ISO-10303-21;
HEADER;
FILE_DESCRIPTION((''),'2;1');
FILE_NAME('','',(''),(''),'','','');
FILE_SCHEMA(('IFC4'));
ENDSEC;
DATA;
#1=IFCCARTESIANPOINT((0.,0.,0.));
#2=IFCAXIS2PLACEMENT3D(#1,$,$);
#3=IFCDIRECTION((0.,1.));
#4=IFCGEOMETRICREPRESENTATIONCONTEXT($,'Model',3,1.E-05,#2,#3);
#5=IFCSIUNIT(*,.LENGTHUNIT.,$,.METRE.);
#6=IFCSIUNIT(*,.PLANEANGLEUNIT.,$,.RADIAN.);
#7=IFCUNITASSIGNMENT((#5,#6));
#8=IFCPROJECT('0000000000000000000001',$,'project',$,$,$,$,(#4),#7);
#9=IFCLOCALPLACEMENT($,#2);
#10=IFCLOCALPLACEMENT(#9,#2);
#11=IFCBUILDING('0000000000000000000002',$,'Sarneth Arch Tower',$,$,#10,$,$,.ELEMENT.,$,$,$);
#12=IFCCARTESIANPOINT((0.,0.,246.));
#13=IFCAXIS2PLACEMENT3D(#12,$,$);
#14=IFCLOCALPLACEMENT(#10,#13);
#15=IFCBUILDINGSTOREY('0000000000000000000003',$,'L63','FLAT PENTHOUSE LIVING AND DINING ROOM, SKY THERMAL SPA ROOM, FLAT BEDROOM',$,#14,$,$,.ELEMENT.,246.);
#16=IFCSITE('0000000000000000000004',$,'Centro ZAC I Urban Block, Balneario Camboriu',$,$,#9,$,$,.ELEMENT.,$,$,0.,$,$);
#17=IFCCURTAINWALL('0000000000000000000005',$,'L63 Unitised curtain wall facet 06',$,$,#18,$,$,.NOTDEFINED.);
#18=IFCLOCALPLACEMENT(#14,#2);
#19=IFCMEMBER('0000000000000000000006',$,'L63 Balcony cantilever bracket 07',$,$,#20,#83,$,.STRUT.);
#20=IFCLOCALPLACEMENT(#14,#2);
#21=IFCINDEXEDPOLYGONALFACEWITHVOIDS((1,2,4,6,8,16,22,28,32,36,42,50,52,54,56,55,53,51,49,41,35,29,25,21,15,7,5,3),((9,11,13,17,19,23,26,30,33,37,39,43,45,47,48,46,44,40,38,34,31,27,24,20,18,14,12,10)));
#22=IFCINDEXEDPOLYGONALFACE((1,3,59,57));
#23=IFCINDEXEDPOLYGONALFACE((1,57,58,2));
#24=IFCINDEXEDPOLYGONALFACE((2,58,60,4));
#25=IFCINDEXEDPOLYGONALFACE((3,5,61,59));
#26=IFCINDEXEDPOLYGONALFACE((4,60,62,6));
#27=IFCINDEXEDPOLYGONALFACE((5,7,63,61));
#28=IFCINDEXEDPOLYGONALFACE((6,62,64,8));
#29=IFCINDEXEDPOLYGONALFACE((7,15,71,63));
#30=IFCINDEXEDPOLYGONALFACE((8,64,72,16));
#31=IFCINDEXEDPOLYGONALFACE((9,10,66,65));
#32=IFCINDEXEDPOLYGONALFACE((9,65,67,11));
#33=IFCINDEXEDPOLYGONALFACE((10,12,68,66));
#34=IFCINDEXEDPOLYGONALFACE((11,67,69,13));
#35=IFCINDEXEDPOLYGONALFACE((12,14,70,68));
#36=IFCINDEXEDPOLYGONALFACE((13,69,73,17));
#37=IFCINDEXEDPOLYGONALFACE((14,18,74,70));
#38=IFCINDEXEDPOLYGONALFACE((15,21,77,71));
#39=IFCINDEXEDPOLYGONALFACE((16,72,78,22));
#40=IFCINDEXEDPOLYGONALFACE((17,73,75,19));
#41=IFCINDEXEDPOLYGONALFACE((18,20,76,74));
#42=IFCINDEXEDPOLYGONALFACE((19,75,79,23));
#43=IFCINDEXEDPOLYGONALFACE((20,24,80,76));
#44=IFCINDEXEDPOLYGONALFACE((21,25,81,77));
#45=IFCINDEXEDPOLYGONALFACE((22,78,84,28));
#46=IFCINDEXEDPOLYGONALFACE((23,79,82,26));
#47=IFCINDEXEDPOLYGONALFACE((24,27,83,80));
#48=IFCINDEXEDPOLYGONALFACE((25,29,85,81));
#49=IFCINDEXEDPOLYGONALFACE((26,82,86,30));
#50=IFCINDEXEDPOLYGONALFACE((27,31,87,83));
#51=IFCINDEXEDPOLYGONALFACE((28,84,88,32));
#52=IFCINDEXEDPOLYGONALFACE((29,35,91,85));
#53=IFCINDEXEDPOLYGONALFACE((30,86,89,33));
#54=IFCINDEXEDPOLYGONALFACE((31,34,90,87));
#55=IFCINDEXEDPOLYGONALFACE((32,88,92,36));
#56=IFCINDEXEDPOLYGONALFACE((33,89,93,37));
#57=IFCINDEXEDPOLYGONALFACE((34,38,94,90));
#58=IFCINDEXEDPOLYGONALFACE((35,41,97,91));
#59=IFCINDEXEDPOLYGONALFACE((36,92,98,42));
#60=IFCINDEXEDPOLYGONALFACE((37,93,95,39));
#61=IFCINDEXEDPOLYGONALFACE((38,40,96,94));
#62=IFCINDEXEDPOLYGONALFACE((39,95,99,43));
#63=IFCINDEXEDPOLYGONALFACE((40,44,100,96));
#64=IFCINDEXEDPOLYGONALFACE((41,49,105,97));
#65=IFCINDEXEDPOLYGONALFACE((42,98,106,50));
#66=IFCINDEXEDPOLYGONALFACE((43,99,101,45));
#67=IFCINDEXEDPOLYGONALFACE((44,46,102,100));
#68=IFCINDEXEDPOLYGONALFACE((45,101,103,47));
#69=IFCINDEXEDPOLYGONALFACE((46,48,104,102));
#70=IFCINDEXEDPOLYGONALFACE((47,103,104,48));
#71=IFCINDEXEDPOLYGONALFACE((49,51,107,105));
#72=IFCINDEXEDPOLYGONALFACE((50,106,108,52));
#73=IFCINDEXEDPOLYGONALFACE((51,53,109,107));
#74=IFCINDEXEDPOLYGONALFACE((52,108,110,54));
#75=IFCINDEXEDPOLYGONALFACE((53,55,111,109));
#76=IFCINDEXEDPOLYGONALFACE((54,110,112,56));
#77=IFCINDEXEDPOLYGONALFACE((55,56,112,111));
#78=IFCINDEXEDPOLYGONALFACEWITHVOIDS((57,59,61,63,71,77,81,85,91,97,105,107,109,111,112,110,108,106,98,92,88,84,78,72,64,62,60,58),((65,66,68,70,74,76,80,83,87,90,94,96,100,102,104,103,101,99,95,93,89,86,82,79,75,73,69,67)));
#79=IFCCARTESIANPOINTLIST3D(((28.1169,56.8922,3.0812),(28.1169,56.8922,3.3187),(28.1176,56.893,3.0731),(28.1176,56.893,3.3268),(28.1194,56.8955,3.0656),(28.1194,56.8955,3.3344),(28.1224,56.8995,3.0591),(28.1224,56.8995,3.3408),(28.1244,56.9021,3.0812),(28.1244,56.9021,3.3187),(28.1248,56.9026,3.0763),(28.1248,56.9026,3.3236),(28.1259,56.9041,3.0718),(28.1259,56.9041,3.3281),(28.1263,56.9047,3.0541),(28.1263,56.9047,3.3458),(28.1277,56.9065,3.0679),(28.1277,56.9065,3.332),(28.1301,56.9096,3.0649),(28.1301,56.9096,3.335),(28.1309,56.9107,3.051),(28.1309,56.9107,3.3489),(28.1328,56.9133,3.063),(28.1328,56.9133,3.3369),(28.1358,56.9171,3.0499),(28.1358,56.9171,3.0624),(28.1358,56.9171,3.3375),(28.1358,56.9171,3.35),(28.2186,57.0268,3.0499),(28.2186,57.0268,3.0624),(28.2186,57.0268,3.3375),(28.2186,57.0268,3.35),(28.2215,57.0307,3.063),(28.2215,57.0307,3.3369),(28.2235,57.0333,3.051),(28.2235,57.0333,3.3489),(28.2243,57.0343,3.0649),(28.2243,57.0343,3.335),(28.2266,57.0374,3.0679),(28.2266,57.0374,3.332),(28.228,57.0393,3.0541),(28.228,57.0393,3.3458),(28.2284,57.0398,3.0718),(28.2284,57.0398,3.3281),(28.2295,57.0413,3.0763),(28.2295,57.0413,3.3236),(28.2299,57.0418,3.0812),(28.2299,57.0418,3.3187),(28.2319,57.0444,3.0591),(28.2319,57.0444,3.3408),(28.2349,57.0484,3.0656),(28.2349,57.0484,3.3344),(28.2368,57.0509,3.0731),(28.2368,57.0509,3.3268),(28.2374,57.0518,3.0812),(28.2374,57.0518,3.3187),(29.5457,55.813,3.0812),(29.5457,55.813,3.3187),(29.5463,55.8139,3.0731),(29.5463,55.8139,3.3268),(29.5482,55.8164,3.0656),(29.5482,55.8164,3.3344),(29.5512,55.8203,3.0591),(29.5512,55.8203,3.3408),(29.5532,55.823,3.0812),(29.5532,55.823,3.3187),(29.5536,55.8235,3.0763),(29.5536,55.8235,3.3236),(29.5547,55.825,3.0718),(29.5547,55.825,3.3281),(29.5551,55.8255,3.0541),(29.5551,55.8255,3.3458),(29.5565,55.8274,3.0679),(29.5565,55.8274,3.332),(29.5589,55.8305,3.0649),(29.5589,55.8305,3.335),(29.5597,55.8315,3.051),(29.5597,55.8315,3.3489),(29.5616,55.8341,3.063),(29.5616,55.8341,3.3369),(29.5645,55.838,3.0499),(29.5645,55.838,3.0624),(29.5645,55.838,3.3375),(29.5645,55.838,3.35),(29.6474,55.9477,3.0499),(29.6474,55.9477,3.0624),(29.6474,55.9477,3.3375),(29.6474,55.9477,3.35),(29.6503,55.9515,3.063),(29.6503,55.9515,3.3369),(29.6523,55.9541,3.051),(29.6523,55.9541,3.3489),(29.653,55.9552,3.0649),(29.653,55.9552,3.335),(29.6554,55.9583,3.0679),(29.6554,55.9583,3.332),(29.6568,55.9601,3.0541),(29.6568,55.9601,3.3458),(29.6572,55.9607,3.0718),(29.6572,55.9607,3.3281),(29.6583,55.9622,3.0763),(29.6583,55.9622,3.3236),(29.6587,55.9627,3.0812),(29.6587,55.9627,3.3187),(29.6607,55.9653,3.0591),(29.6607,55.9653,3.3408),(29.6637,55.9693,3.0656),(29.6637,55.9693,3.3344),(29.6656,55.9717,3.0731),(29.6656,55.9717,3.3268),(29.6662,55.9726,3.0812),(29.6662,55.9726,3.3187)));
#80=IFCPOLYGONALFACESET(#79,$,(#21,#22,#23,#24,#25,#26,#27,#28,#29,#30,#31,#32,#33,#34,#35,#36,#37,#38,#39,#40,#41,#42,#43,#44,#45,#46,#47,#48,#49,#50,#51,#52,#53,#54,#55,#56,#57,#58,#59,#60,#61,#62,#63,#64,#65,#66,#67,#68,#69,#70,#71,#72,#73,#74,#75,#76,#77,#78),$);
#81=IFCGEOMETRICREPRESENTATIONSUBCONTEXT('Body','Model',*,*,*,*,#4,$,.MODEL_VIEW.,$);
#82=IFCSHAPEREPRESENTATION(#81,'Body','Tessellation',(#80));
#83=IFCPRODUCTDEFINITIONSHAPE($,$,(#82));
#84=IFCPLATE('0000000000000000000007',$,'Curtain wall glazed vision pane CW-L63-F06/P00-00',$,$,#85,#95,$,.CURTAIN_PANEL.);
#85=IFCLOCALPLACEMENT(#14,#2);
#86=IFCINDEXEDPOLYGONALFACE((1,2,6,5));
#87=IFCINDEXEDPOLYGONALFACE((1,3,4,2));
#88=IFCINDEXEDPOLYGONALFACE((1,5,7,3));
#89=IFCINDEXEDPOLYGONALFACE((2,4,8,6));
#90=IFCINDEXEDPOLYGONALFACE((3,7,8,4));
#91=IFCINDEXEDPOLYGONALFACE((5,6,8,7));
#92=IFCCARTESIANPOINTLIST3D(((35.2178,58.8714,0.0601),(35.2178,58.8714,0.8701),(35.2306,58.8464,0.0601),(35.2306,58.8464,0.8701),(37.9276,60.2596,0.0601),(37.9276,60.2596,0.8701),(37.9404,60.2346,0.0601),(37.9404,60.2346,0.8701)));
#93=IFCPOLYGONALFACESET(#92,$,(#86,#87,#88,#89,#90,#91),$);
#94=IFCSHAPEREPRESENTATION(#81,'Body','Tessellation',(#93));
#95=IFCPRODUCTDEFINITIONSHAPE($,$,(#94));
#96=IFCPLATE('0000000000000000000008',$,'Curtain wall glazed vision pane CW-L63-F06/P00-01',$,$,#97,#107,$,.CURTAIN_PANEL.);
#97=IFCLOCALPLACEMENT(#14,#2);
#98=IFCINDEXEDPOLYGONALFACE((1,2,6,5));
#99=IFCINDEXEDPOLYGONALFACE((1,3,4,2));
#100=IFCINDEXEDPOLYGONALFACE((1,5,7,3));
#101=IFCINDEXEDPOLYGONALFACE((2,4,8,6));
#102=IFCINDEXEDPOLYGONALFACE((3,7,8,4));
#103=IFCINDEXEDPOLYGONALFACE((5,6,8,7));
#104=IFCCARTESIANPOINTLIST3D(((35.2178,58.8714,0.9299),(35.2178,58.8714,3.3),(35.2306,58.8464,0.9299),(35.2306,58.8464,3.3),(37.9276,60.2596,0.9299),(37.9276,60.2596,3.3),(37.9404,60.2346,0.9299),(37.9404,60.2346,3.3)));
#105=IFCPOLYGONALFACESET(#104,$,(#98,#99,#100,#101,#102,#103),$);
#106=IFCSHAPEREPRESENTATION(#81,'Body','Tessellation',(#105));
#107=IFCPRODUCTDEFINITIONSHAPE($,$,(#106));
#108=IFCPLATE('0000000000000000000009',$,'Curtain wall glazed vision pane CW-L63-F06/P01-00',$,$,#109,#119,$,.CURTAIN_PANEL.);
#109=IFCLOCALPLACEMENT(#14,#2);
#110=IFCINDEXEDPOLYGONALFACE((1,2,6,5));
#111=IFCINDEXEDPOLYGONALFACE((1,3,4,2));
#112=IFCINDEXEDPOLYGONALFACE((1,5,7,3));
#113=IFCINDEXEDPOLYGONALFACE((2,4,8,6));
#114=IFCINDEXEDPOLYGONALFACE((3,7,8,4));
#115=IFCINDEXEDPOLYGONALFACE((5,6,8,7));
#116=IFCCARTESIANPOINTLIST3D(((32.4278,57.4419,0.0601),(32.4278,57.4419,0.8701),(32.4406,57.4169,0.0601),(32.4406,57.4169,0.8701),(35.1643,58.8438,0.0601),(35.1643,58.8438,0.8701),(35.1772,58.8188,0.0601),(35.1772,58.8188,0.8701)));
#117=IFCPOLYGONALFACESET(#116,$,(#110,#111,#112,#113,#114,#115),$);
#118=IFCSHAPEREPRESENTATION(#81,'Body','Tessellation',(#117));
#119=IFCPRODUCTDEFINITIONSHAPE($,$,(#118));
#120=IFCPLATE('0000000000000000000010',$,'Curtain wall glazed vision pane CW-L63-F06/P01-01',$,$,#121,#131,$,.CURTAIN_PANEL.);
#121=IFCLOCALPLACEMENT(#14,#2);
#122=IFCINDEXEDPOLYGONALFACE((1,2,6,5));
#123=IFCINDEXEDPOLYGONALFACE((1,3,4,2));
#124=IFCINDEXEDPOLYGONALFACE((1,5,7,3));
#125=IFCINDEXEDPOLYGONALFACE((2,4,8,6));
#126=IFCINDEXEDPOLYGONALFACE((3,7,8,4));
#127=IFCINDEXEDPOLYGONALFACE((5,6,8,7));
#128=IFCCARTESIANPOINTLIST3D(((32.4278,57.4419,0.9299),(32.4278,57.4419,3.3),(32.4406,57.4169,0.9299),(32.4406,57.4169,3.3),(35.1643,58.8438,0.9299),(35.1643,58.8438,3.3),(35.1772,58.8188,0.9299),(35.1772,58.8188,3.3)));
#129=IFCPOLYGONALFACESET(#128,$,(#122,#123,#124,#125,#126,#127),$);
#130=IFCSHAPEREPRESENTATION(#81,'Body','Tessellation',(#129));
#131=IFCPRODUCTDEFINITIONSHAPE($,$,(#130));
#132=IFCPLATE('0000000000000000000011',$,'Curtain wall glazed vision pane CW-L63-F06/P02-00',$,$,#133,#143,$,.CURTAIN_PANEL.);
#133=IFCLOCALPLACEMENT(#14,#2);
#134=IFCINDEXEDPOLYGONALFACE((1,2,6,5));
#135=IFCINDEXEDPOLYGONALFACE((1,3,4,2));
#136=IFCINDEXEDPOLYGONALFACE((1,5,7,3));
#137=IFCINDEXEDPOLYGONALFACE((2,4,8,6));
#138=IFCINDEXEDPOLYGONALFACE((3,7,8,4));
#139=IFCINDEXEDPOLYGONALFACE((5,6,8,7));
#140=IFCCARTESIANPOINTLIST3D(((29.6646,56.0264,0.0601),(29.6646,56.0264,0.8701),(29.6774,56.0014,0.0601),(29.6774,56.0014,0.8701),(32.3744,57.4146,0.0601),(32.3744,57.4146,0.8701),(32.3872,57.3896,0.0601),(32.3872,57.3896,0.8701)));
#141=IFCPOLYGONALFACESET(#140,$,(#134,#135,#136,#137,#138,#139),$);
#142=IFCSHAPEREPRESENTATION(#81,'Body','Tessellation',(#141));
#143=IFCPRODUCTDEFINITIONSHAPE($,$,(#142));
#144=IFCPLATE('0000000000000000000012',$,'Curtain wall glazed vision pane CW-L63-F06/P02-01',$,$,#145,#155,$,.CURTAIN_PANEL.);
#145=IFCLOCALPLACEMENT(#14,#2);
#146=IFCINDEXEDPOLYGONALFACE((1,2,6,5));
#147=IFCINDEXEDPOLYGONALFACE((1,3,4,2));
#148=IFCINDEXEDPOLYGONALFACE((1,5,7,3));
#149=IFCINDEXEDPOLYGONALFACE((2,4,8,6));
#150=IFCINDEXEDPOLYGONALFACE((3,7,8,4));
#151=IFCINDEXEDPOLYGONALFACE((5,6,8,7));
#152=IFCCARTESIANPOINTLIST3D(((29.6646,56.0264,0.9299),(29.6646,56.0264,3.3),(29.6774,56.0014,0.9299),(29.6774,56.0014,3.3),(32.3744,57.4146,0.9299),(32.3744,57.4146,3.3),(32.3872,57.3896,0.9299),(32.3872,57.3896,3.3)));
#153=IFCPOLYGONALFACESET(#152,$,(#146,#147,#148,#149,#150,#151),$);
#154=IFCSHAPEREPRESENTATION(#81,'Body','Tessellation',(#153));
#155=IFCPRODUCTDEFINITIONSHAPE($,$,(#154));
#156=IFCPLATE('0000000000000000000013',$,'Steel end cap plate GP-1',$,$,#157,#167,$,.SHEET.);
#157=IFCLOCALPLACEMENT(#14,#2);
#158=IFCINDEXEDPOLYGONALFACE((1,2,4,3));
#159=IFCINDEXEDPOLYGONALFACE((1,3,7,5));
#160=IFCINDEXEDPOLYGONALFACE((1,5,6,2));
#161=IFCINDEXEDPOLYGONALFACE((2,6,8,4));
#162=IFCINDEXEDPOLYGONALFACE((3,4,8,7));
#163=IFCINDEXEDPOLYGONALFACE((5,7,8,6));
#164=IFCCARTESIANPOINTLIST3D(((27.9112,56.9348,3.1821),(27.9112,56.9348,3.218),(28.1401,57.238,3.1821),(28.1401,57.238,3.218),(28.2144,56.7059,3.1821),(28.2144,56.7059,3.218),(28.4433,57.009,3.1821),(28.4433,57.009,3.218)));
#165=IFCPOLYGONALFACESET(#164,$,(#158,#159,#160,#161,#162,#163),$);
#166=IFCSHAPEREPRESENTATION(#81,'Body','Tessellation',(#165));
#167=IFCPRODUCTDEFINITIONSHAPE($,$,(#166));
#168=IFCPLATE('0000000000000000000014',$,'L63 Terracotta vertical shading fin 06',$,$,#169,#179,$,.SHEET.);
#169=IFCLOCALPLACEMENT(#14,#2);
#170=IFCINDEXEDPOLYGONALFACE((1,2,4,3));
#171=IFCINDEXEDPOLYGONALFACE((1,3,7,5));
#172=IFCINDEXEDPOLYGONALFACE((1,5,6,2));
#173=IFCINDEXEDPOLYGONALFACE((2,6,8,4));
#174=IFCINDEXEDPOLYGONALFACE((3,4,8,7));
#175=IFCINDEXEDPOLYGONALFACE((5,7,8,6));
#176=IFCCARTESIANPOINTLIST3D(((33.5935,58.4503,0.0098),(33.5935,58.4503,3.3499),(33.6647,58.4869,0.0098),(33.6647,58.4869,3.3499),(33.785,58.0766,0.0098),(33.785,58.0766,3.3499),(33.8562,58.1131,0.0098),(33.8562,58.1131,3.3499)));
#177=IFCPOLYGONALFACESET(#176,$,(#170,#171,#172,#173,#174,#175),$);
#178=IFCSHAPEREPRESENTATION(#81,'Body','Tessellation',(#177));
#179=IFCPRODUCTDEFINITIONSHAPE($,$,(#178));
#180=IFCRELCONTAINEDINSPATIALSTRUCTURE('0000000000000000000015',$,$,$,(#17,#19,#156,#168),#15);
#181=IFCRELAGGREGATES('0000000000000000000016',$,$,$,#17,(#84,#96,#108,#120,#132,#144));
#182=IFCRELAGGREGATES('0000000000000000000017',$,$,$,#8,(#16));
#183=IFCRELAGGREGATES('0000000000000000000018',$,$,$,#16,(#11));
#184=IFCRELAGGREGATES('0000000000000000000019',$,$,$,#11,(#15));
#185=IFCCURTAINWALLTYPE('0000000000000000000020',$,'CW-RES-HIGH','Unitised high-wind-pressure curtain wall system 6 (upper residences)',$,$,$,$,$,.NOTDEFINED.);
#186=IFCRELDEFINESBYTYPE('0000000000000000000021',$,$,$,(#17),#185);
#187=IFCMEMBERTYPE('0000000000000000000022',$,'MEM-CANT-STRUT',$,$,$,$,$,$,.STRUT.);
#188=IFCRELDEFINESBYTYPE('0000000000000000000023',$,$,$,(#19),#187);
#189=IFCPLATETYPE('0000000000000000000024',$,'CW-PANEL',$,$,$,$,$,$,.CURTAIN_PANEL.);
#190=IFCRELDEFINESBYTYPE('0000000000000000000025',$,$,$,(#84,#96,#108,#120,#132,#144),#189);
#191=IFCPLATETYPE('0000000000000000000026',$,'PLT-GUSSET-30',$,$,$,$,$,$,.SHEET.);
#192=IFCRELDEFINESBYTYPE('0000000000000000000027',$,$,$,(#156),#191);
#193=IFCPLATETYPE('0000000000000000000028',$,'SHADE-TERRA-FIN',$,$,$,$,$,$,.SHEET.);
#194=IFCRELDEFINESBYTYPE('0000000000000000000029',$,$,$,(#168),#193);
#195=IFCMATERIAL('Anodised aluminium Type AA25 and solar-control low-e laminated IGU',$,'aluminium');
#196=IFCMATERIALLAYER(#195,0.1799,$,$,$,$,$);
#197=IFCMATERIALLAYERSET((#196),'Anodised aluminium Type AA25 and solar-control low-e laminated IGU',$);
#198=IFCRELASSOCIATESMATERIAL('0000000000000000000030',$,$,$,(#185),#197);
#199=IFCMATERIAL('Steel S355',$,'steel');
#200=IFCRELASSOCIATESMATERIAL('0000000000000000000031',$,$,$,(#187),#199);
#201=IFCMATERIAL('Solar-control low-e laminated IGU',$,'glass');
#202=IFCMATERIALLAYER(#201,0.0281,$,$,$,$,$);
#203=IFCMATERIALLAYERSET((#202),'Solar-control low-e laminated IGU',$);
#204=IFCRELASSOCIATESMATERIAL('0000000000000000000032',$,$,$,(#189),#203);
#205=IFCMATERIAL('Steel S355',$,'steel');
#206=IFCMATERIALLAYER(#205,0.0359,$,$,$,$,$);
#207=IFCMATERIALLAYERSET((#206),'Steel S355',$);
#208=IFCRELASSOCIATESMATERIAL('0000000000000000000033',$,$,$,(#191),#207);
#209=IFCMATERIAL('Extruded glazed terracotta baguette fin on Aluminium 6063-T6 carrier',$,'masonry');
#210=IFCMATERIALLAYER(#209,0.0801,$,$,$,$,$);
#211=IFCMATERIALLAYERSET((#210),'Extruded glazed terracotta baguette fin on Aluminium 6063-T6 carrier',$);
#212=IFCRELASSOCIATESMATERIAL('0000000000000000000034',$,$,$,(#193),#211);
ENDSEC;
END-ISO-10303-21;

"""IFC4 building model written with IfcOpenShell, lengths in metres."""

from ifc_helpers import new_model, si_unit, direction, frame, origin, origin_2d, place, context, subcontext, project, spatial, rectangle, hollow_rectangle, extrude, material, layer, layer_set, material_profile, profile_set, type_object, element, aggregate, save


model = new_model("IFC4")

# Units and contexts
model_context = context("Model", 3, precision=1e-05, world=origin(), true_north=direction((0.0, 1.0)))
body_context = subcontext(model_context, "Body", "Model", "MODEL_VIEW")
ifc_project = project(units=[si_unit("LENGTHUNIT", "METRE"), si_unit("PLANEANGLEUNIT", "RADIAN")], contexts=[model_context])

# Site, building, storey
site_placement = place(None, origin())
site = spatial("IfcSite", under=ifc_project, at=site_placement, Name="Centro ZAC I Urban Block, Balneario Camboriu", CompositionType="ELEMENT", RefElevation=0.0)
building_placement = place(site_placement, origin())
building = spatial("IfcBuilding", under=site, at=building_placement, Name="Sarneth Arch Tower", CompositionType="ELEMENT")
storey_placement = place(building_placement, frame((0.0, 0.0, 246.0)))
storey = spatial("IfcBuildingStorey", under=building, at=storey_placement, Name="L63", Description="FLAT PENTHOUSE LIVING AND DINING ROOM, SKY THERMAL SPA ROOM, FLAT BEDROOM", CompositionType="ELEMENT", Elevation=246.0)

# Curtain wall
ifc_material_1 = material(Name="Anodised aluminium Type AA25 and solar-control low-e laminated IGU", Category="aluminium")
ifc_layer_1 = layer(ifc_material_1, 0.1799)
ifc_layer_set_1 = layer_set([ifc_layer_1], Name="Anodised aluminium Type AA25 and solar-control low-e laminated IGU")
curtain_wall_type = type_object("IfcCurtainWallType", Name="CW-RES-HIGH", Description="Unitised high-wind-pressure curtain wall system 6 (upper residences)", PredefinedType="NOTDEFINED", material=ifc_layer_set_1)
curtain_wall_placement = place(storey_placement, origin())
curtain_wall = element("IfcCurtainWall", 1, at=curtain_wall_placement, inside=storey, type_object=curtain_wall_type, Name="L63 Unitised curtain wall facet 06", PredefinedType="NOTDEFINED")

# Member
ifc_material_2 = material(Name="Steel S355", Category="steel")
ifc_material_profile_1 = material_profile(ifc_material_2, hollow_rectangle(XDim=0.2, YDim=0.3, WallThickness=0.0125, InnerFilletRadius=0.0188, OuterFilletRadius=0.0312, at=origin_2d()), Name="RHS300x200x12.5")
ifc_profile_set_1 = profile_set([ifc_material_profile_1], Name="Steel S355")
member_type_1 = type_object("IfcMemberType", Name="MEM-CANT-STRUT", PredefinedType="STRUT", material=ifc_profile_set_1)
member_1_placement = place(storey_placement, frame((29.606, 55.8928, 3.2), z_axis=(-0.797966, 0.602702, 0.0), x_axis=(-0.602702, -0.797966, 0.0)))
element("IfcMember", 2, at=member_1_placement, inside=storey, type_object=member_type_1, Name="L63 Balcony cantilever bracket 07", PredefinedType="STRUT", context=body_context, shape_type="SweptSolid", body=[
    extrude(hollow_rectangle(XDim=0.2, YDim=0.3, WallThickness=0.0125, InnerFilletRadius=0.0188, OuterFilletRadius=0.0312, at=origin_2d()), origin(), (0.0, 0.0, 1.0), 1.7905),
])

# Plates
ifc_material_3 = material(Name="Solar-control low-e laminated IGU", Category="glass")
ifc_layer_2 = layer(ifc_material_3, 0.0281)
ifc_layer_set_2 = layer_set([ifc_layer_2], Name="Solar-control low-e laminated IGU")
plate_type_1 = type_object("IfcPlateType", Name="CW-PANEL", PredefinedType="CURTAIN_PANEL", material=ifc_layer_set_2)
plate_1_placement = place(storey_placement, frame((36.5791, 59.553, 0.0601), z_axis=(0.0, 0.0, 1.0), x_axis=(-0.89001, -0.455942, 0.0)))
plate_1 = element("IfcPlate", 3, at=plate_1_placement, type_object=plate_type_1, Name="Curtain wall glazed vision pane CW-L63-F06/P00-00", PredefinedType="CURTAIN_PANEL", context=body_context, shape_type="SweptSolid", body=[
    extrude(rectangle(XDim=3.0447, YDim=0.0281, at=origin_2d()), origin(), (0.0, 0.0, 1.0), 0.8101),
])
plate_2_placement = place(storey_placement, frame((36.5791, 59.553, 0.9299), z_axis=(0.0, 0.0, 1.0), x_axis=(-0.89001, -0.455942, 0.0)))
plate_2 = element("IfcPlate", 4, at=plate_2_placement, type_object=plate_type_1, Name="Curtain wall glazed vision pane CW-L63-F06/P00-01", PredefinedType="CURTAIN_PANEL", context=body_context, shape_type="SweptSolid", body=[
    extrude(rectangle(XDim=3.0447, YDim=0.0281, at=origin_2d()), origin(), (0.0, 0.0, 1.0), 2.3701),
])
plate_3_placement = place(storey_placement, frame((33.8025, 58.1304, 0.0601), z_axis=(0.0, 0.0, 1.0), x_axis=(-0.89001, -0.455942, 0.0)))
plate_3 = element("IfcPlate", 5, at=plate_3_placement, type_object=plate_type_1, Name="Curtain wall glazed vision pane CW-L63-F06/P01-00", PredefinedType="CURTAIN_PANEL", context=body_context, shape_type="SweptSolid", body=[
    extrude(rectangle(XDim=3.0747, YDim=0.0281, at=origin_2d()), origin(), (0.0, 0.0, 1.0), 0.8101),
])
plate_4_placement = place(storey_placement, frame((33.8025, 58.1304, 0.9299), z_axis=(0.0, 0.0, 1.0), x_axis=(-0.89001, -0.455942, 0.0)))
plate_4 = element("IfcPlate", 6, at=plate_4_placement, type_object=plate_type_1, Name="Curtain wall glazed vision pane CW-L63-F06/P01-01", PredefinedType="CURTAIN_PANEL", context=body_context, shape_type="SweptSolid", body=[
    extrude(rectangle(XDim=3.0747, YDim=0.0281, at=origin_2d()), origin(), (0.0, 0.0, 1.0), 2.3701),
])
plate_5_placement = place(storey_placement, frame((31.0259, 56.708, 0.0601), z_axis=(0.0, 0.0, 1.0), x_axis=(-0.89001, -0.455942, 0.0)))
plate_5 = element("IfcPlate", 7, at=plate_5_placement, type_object=plate_type_1, Name="Curtain wall glazed vision pane CW-L63-F06/P02-00", PredefinedType="CURTAIN_PANEL", context=body_context, shape_type="SweptSolid", body=[
    extrude(rectangle(XDim=3.0447, YDim=0.0281, at=origin_2d()), origin(), (0.0, 0.0, 1.0), 0.8101),
])
plate_6_placement = place(storey_placement, frame((31.0259, 56.708, 0.9299), z_axis=(0.0, 0.0, 1.0), x_axis=(-0.89001, -0.455942, 0.0)))
plate_6 = element("IfcPlate", 8, at=plate_6_placement, type_object=plate_type_1, Name="Curtain wall glazed vision pane CW-L63-F06/P02-01", PredefinedType="CURTAIN_PANEL", context=body_context, shape_type="SweptSolid", body=[
    extrude(rectangle(XDim=3.0447, YDim=0.0281, at=origin_2d()), origin(), (0.0, 0.0, 1.0), 2.3701),
])
aggregate(curtain_wall, [plate_1, plate_2, plate_3, plate_4, plate_5, plate_6])

# Plates
ifc_material_4 = material(Name="Steel S355", Category="steel")
ifc_layer_3 = layer(ifc_material_4, 0.0359)
ifc_layer_set_3 = layer_set([ifc_layer_3], Name="Steel S355")
plate_type_2 = type_object("IfcPlateType", Name="PLT-GUSSET-30", PredefinedType="SHEET", material=ifc_layer_set_3)
plate_7_placement = place(storey_placement, frame((28.1772, 56.9719, 3.1821), z_axis=(0.0, 0.0, 1.0), x_axis=(-0.798005, 0.602651, 0.0)))
element("IfcPlate", 9, at=plate_7_placement, inside=storey, type_object=plate_type_2, Name="Steel end cap plate GP-1", PredefinedType="SHEET", context=body_context, shape_type="SweptSolid", body=[
    extrude(rectangle(XDim=0.3799, YDim=0.3799, at=origin_2d()), origin(), (0.0, 0.0, 1.0), 0.0359),
])
ifc_material_5 = material(Name="Extruded glazed terracotta baguette fin on Aluminium 6063-T6 carrier", Category="masonry")
ifc_layer_4 = layer(ifc_material_5, 0.0801)
ifc_layer_set_4 = layer_set([ifc_layer_4], Name="Extruded glazed terracotta baguette fin on Aluminium 6063-T6 carrier")
plate_type_3 = type_object("IfcPlateType", Name="SHADE-TERRA-FIN", PredefinedType="SHEET", material=ifc_layer_set_4)
plate_8_placement = place(storey_placement, frame((33.7249, 58.2817, 0.0098), z_axis=(0.0, 0.0, 1.0), x_axis=(-0.456011, 0.889974, 0.0)))
element("IfcPlate", 10, at=plate_8_placement, inside=storey, type_object=plate_type_3, Name="L63 Terracotta vertical shading fin 06", PredefinedType="SHEET", context=body_context, shape_type="SweptSolid", body=[
    extrude(rectangle(XDim=0.4199, YDim=0.0801, at=origin_2d()), origin(), (0.0, 0.0, 1.0), 3.3401),
])

save(model, "model.ifc")
